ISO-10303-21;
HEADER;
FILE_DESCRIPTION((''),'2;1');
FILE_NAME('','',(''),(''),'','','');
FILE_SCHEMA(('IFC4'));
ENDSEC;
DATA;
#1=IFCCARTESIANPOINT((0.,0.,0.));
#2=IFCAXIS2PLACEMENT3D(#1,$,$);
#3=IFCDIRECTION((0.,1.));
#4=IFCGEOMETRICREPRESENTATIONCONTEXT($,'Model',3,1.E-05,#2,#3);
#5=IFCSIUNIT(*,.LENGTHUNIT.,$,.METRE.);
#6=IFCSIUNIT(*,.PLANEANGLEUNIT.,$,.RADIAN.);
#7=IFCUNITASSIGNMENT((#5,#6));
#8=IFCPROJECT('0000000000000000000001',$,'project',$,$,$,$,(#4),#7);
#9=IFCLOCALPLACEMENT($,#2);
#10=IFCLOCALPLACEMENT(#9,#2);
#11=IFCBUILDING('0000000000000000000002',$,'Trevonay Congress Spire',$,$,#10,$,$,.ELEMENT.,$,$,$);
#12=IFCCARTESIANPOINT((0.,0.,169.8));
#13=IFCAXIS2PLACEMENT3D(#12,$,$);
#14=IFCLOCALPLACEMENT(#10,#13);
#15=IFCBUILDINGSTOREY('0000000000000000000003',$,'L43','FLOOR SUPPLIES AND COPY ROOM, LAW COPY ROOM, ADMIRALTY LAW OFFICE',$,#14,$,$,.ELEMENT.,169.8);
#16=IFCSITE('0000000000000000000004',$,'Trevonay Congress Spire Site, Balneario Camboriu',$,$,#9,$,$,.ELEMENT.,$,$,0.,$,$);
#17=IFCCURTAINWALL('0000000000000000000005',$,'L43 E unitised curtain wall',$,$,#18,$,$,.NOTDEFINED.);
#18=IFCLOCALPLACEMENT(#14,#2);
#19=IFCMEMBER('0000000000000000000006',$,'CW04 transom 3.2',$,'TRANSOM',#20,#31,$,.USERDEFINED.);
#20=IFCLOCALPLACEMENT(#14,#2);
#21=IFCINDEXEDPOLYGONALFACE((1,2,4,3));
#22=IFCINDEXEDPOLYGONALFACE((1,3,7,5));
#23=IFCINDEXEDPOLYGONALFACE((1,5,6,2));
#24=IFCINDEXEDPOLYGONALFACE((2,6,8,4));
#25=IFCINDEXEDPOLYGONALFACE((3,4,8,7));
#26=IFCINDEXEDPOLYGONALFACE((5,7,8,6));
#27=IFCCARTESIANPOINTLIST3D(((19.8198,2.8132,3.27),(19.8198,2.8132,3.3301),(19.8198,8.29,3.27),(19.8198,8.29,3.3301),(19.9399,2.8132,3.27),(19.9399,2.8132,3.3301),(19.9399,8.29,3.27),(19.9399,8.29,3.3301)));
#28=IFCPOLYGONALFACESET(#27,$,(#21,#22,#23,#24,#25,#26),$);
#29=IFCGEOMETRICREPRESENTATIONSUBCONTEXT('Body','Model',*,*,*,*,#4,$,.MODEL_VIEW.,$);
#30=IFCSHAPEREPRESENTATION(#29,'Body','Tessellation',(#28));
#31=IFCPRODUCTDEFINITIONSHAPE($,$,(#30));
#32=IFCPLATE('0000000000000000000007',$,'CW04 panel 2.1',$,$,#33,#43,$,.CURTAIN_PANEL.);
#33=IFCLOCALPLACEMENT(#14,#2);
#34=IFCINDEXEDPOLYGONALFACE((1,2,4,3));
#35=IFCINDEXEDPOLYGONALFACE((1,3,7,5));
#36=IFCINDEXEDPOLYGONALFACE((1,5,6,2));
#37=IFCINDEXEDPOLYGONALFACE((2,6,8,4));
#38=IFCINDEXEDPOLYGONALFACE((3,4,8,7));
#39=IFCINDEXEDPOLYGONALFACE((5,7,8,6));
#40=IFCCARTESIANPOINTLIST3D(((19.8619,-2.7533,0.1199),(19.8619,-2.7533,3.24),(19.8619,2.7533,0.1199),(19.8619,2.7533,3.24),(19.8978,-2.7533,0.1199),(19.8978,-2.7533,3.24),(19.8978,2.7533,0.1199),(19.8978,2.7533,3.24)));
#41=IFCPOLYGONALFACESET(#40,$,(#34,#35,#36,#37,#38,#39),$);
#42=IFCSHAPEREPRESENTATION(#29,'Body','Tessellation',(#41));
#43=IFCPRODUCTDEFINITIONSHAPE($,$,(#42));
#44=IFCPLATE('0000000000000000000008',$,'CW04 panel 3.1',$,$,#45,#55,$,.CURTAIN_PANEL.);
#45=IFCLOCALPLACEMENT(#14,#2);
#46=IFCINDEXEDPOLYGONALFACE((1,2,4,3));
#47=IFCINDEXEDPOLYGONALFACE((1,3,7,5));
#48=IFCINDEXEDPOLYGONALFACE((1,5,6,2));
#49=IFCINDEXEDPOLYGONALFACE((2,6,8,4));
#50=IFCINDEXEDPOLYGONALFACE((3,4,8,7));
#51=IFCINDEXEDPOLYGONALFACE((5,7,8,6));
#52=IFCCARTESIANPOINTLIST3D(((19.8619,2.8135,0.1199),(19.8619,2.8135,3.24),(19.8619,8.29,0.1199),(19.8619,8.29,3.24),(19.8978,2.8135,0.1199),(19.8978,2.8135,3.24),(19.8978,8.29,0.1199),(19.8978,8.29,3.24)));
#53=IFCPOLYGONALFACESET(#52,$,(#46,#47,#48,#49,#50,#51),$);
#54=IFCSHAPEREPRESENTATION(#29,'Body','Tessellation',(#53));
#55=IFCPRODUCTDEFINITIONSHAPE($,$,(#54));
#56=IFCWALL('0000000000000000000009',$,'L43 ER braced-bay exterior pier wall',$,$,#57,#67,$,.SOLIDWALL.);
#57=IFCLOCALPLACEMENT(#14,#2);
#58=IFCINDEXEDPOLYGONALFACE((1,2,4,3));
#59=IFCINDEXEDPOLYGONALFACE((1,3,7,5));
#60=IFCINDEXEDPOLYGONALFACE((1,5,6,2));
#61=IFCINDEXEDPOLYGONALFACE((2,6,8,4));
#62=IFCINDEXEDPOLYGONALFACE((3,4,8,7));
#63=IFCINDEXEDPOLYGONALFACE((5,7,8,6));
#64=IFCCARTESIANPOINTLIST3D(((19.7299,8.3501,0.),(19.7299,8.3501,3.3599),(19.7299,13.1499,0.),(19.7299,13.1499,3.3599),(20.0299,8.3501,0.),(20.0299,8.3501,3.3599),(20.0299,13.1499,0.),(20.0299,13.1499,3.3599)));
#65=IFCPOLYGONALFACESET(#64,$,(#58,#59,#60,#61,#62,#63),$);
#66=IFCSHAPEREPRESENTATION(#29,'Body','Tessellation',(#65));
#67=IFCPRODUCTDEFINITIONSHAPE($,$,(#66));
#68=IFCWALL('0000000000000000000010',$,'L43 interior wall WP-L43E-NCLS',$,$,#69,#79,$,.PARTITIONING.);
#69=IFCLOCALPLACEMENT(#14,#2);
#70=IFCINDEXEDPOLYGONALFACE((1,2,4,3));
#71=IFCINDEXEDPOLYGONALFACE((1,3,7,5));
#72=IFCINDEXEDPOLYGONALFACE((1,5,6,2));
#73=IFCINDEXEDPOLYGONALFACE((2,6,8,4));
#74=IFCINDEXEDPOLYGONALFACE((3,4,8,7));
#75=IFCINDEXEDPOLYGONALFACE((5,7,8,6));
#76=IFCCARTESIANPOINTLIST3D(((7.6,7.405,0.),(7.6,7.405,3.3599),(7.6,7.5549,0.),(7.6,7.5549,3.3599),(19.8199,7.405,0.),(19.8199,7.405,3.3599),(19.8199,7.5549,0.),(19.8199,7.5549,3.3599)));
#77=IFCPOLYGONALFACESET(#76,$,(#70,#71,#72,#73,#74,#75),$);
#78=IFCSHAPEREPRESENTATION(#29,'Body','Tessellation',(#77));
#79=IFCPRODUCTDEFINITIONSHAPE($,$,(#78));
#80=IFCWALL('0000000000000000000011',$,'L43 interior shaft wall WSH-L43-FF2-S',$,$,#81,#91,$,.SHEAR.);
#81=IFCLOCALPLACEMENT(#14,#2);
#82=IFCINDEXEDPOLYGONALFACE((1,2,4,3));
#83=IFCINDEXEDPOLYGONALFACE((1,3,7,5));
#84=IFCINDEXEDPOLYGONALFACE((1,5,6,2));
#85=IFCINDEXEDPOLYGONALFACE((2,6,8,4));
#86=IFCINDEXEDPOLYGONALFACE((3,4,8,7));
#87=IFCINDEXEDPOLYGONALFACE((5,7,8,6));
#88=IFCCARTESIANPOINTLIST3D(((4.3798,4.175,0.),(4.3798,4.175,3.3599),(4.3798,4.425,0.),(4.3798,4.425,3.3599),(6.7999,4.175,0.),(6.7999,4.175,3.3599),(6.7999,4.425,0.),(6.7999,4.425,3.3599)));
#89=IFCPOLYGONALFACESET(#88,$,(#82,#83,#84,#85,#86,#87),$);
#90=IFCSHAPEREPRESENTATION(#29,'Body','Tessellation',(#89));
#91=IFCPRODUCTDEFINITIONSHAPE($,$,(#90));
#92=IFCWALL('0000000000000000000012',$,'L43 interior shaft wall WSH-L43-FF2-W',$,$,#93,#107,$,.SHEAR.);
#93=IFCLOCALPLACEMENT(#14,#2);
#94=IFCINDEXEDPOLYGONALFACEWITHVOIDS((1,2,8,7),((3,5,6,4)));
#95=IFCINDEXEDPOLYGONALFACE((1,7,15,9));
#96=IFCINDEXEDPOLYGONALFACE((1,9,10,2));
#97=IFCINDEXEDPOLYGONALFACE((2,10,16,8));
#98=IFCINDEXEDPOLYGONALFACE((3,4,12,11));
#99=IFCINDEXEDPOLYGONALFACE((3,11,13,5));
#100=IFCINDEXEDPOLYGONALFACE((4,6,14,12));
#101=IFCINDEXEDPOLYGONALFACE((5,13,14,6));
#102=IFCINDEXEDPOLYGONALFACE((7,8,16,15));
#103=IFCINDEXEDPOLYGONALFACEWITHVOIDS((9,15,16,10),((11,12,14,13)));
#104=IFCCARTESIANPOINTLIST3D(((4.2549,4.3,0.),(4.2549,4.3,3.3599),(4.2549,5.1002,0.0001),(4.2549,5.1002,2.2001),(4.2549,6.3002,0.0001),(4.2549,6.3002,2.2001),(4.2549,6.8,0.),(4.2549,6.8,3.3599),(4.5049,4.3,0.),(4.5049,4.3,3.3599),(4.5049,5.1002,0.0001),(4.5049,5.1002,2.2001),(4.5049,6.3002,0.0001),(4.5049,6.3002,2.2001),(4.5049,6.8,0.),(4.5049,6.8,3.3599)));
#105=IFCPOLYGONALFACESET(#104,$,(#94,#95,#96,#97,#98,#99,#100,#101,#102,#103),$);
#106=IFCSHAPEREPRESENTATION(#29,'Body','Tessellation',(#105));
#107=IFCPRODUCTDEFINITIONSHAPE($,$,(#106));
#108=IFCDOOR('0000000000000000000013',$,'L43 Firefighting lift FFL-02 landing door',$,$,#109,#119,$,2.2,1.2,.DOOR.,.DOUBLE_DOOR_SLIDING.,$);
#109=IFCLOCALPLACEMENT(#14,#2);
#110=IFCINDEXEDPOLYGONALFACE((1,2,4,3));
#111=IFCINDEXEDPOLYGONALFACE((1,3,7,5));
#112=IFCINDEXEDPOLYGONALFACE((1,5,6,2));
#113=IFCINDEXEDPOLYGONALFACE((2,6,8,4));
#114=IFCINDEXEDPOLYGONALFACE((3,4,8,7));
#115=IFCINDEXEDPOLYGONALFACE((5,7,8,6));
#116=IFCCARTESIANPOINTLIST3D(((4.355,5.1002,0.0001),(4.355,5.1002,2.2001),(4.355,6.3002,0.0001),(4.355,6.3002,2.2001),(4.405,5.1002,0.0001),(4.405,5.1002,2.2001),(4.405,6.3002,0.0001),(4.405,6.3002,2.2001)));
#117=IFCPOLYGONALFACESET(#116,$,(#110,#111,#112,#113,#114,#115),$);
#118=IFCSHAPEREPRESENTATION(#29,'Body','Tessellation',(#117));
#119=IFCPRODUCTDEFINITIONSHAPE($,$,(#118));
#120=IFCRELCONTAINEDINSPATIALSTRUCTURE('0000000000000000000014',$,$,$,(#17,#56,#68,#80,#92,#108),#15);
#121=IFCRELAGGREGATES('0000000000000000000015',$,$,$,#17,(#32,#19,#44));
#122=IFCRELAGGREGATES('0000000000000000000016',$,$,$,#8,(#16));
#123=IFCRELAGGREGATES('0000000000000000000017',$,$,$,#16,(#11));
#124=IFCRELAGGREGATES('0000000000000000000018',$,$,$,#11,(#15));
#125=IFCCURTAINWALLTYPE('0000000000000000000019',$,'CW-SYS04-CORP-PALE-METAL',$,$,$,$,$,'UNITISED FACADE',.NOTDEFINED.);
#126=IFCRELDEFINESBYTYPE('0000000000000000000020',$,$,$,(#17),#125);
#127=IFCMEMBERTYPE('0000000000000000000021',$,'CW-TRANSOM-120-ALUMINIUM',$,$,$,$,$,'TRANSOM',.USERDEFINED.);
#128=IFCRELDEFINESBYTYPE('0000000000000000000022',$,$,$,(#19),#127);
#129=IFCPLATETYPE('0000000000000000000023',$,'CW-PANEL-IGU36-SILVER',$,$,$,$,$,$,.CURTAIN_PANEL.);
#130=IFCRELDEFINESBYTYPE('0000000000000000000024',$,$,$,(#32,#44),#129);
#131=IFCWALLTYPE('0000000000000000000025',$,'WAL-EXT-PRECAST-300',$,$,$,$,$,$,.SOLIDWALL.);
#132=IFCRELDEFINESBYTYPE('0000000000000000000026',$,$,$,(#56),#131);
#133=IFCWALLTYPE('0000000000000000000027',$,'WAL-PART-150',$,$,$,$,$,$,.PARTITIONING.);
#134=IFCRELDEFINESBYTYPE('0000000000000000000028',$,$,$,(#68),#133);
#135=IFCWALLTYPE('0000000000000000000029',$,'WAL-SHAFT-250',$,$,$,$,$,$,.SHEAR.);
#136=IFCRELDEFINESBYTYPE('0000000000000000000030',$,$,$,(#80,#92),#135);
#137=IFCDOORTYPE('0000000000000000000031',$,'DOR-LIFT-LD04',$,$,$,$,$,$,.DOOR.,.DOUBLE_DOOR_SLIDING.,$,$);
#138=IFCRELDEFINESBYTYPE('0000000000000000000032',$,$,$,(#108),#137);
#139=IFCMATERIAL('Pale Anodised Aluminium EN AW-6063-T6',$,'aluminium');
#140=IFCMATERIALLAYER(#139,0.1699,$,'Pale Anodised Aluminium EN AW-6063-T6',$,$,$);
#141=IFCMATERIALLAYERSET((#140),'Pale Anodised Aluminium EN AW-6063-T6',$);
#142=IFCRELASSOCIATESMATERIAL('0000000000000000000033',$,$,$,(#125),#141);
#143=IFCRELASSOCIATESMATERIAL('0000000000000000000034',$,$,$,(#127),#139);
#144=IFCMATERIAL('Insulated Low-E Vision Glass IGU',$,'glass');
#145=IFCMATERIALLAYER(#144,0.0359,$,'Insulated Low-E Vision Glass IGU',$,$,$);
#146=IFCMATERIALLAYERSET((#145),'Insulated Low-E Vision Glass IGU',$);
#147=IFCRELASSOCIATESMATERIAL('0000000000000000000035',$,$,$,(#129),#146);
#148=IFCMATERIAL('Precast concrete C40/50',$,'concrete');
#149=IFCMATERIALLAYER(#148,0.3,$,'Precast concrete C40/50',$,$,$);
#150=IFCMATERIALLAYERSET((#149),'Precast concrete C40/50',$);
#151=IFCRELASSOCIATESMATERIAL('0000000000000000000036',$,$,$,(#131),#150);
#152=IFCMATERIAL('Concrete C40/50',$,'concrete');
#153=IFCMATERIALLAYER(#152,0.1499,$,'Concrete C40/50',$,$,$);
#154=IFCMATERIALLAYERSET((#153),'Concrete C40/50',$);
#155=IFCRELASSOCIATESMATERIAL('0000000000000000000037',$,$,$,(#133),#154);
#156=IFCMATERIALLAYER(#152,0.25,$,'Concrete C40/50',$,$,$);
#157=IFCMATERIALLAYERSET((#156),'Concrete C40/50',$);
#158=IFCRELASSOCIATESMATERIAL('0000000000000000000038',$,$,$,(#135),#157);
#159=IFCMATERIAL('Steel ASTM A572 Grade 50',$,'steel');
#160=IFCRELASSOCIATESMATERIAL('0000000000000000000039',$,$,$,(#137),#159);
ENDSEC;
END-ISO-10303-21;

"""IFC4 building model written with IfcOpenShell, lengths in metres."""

from ifc_helpers import new_model, si_unit, direction, frame, frame_2d, origin, origin_2d, place, context, subcontext, project, spatial, rectangle, extrude, material, layer, layer_set, material_profile, profile_set, type_object, element, fill, aggregate, save


model = new_model("IFC4")

# Units and contexts
model_context = context("Model", 3, precision=1e-05, world=origin(), true_north=direction((0.0, 1.0)))
body_context = subcontext(model_context, "Body", "Model", "MODEL_VIEW")
ifc_project = project(units=[si_unit("LENGTHUNIT", "METRE"), si_unit("PLANEANGLEUNIT", "RADIAN")], contexts=[model_context])

# Site, building, storey
site_placement = place(None, origin())
site = spatial("IfcSite", under=ifc_project, at=site_placement, Name="Trevonay Congress Spire Site, Balneario Camboriu", CompositionType="ELEMENT", RefElevation=0.0)
building_placement = place(site_placement, origin())
building = spatial("IfcBuilding", under=site, at=building_placement, Name="Trevonay Congress Spire", CompositionType="ELEMENT")
storey_placement = place(building_placement, frame((0.0, 0.0, 169.8)))
storey = spatial("IfcBuildingStorey", under=building, at=storey_placement, Name="L43", Description="FLOOR SUPPLIES AND COPY ROOM, LAW COPY ROOM, ADMIRALTY LAW OFFICE", CompositionType="ELEMENT", Elevation=169.8)

# Shared definitions
ifc_material_1 = material(Name="Steel ASTM A572 Grade 50", Category="steel")

# Curtain wall, member, plates
ifc_material_2 = material(Name="Pale Anodised Aluminium EN AW-6063-T6", Category="aluminium")
ifc_layer_1 = layer(ifc_material_2, 0.1699, Name="Pale Anodised Aluminium EN AW-6063-T6")
ifc_layer_set_1 = layer_set([ifc_layer_1], Name="Pale Anodised Aluminium EN AW-6063-T6")
curtain_wall_type = type_object("IfcCurtainWallType", Name="CW-SYS04-CORP-PALE-METAL", ElementType="UNITISED FACADE", PredefinedType="NOTDEFINED", material=ifc_layer_set_1)
curtain_wall_placement = place(storey_placement, origin())
curtain_wall = element("IfcCurtainWall", 1, at=curtain_wall_placement, inside=storey, type_object=curtain_wall_type, Name="L43 E unitised curtain wall", PredefinedType="NOTDEFINED")
ifc_material_profile_1 = material_profile(ifc_material_2, rectangle(XDim=0.1201, YDim=0.0601, at=origin_2d()), Name="CW-TRANSOM-120-ALUMINIUM")
ifc_profile_set_1 = profile_set([ifc_material_profile_1], Name="Pale Anodised Aluminium EN AW-6063-T6")
member_type_1 = type_object("IfcMemberType", Name="CW-TRANSOM-120-ALUMINIUM", ElementType="TRANSOM", PredefinedType="USERDEFINED", material=ifc_profile_set_1)
member_1_placement = place(storey_placement, frame((19.8799, 2.8132, 3.3), z_axis=(0.0, 1.0, 0.0), x_axis=(-1.0, 0.0, 0.0)))
member_1 = element("IfcMember", 2, at=member_1_placement, type_object=member_type_1, Name="CW04 transom 3.2", ObjectType="TRANSOM", PredefinedType="USERDEFINED", context=body_context, shape_type="SweptSolid", body=[
    extrude(rectangle(XDim=0.1201, YDim=0.0601, at=origin_2d()), origin(), (0.0, 0.0, 1.0), 5.4768),
])
ifc_material_3 = material(Name="Insulated Low-E Vision Glass IGU", Category="glass")
ifc_layer_2 = layer(ifc_material_3, 0.0359, Name="Insulated Low-E Vision Glass IGU")
ifc_layer_set_2 = layer_set([ifc_layer_2], Name="Insulated Low-E Vision Glass IGU")
plate_type = type_object("IfcPlateType", Name="CW-PANEL-IGU36-SILVER", PredefinedType="CURTAIN_PANEL", material=ifc_layer_set_2)
plate_1_placement = place(storey_placement, frame((19.8799, 0.0, 0.1199), z_axis=(0.0, 0.0, 1.0), x_axis=(0.0, 1.0, 0.0)))
plate_1 = element("IfcPlate", 3, at=plate_1_placement, type_object=plate_type, Name="CW04 panel 2.1", PredefinedType="CURTAIN_PANEL", context=body_context, shape_type="SweptSolid", body=[
    extrude(rectangle(XDim=5.5066, YDim=0.0359, at=origin_2d()), origin(), (0.0, 0.0, 1.0), 3.1201),
])
plate_2_placement = place(storey_placement, frame((19.8799, 5.5518, 0.1199), z_axis=(0.0, 0.0, 1.0), x_axis=(0.0, 1.0, 0.0)))
plate_2 = element("IfcPlate", 4, at=plate_2_placement, type_object=plate_type, Name="CW04 panel 3.1", PredefinedType="CURTAIN_PANEL", context=body_context, shape_type="SweptSolid", body=[
    extrude(rectangle(XDim=5.4766, YDim=0.0359, at=origin_2d()), origin(), (0.0, 0.0, 1.0), 3.1201),
])
aggregate(curtain_wall, [plate_1, member_1, plate_2])

# Walls
ifc_material_4 = material(Name="Precast concrete C40/50", Category="concrete")
ifc_layer_3 = layer(ifc_material_4, 0.3, Name="Precast concrete C40/50")
ifc_layer_set_3 = layer_set([ifc_layer_3], Name="Precast concrete C40/50")
wall_type_1 = type_object("IfcWallType", Name="WAL-EXT-PRECAST-300", PredefinedType="SOLIDWALL", material=ifc_layer_set_3)
wall_1_placement = place(storey_placement, frame((19.8799, 8.3501, 0.0), z_axis=(0.0, 0.0, 1.0), x_axis=(0.0, 1.0, 0.0)))
element("IfcWall", 5, at=wall_1_placement, inside=storey, type_object=wall_type_1, Name="L43 ER braced-bay exterior pier wall", PredefinedType="SOLIDWALL", context=body_context, shape_type="SweptSolid", body=[
    extrude(rectangle(XDim=4.7998, YDim=0.3, at=frame_2d((2.3999, 0.0))), origin(), (0.0, 0.0, 1.0), 3.3599),
])
ifc_material_5 = material(Name="Concrete C40/50", Category="concrete")
ifc_layer_4 = layer(ifc_material_5, 0.1499, Name="Concrete C40/50")
ifc_layer_set_4 = layer_set([ifc_layer_4], Name="Concrete C40/50")
wall_type_2 = type_object("IfcWallType", Name="WAL-PART-150", PredefinedType="PARTITIONING", material=ifc_layer_set_4)
wall_2_placement = place(storey_placement, frame((7.6001, 7.48, 0.0), z_axis=(0.0, 0.0, 1.0), x_axis=(1.0, 0.0, 0.0)))
element("IfcWall", 6, at=wall_2_placement, inside=storey, type_object=wall_type_2, Name="L43 interior wall WP-L43E-NCLS", PredefinedType="PARTITIONING", context=body_context, shape_type="SweptSolid", body=[
    extrude(rectangle(XDim=12.22, YDim=0.1499, at=frame_2d((6.1099, 0.0))), origin(), (0.0, 0.0, 1.0), 3.3599),
])
ifc_layer_5 = layer(ifc_material_5, 0.25, Name="Concrete C40/50")
ifc_layer_set_5 = layer_set([ifc_layer_5], Name="Concrete C40/50")
wall_type_3 = type_object("IfcWallType", Name="WAL-SHAFT-250", PredefinedType="SHEAR", material=ifc_layer_set_5)
wall_3_placement = place(storey_placement, frame((4.3799, 4.3, 0.0), z_axis=(0.0, 0.0, 1.0), x_axis=(1.0, 0.0, 0.0)))
element("IfcWall", 7, at=wall_3_placement, inside=storey, type_object=wall_type_3, Name="L43 interior shaft wall WSH-L43-FF2-S", PredefinedType="SHEAR", context=body_context, shape_type="SweptSolid", body=[
    extrude(rectangle(XDim=2.4202, YDim=0.25, at=frame_2d((1.21, 0.0))), origin(), (0.0, 0.0, 1.0), 3.3599),
])

# Wall, opening, door
wall_4_placement = place(storey_placement, frame((4.3799, 4.3, 0.0), z_axis=(0.0, 0.0, 1.0), x_axis=(0.0, 1.0, 0.0)))
wall_4 = element("IfcWall", 8, at=wall_4_placement, inside=storey, type_object=wall_type_3, Name="L43 interior shaft wall WSH-L43-FF2-W", PredefinedType="SHEAR", context=body_context, shape_type="SweptSolid", body=[
    extrude(rectangle(XDim=2.5, YDim=0.25, at=frame_2d((1.25, 0.0))), origin(), (0.0, 0.0, 1.0), 3.3599),
])
opening_placement = place(wall_4_placement, frame((0.8, 0.0, 0.0)))
opening = element("IfcOpeningElement", 9, at=opening_placement, cuts=wall_4, PredefinedType="OPENING", context=body_context, shape_type="SweptSolid", body=[
    extrude(rectangle(XDim=1.2, YDim=2.2, at=frame_2d((0.6001, 1.1001))), frame((0.0, 0.135, 0.0), z_axis=(0.0, -1.0, 0.0), x_axis=(1.0, 0.0, 0.0)), (0.0, 0.0, 1.0), 0.27),
])
door_type = type_object("IfcDoorType", Name="DOR-LIFT-LD04", OperationType="DOUBLE_DOOR_SLIDING", PredefinedType="DOOR", material=ifc_material_1)
door_placement = place(opening_placement, origin())
door = element("IfcDoor", 10, at=door_placement, inside=storey, type_object=door_type, Name="L43 Firefighting lift FFL-02 landing door", OperationType="DOUBLE_DOOR_SLIDING", OverallHeight=2.2, OverallWidth=1.2, PredefinedType="DOOR", context=body_context, shape_type="SweptSolid", body=[
    extrude(rectangle(XDim=1.2, YDim=2.2, at=frame_2d((0.6001, 1.1001))), frame((0.0, 0.0249, 0.0), z_axis=(0.0, -1.0, 0.0), x_axis=(1.0, 0.0, 0.0)), (0.0, 0.0, 1.0), 0.05),
])
fill(opening, door)

save(model, "model.ifc")
